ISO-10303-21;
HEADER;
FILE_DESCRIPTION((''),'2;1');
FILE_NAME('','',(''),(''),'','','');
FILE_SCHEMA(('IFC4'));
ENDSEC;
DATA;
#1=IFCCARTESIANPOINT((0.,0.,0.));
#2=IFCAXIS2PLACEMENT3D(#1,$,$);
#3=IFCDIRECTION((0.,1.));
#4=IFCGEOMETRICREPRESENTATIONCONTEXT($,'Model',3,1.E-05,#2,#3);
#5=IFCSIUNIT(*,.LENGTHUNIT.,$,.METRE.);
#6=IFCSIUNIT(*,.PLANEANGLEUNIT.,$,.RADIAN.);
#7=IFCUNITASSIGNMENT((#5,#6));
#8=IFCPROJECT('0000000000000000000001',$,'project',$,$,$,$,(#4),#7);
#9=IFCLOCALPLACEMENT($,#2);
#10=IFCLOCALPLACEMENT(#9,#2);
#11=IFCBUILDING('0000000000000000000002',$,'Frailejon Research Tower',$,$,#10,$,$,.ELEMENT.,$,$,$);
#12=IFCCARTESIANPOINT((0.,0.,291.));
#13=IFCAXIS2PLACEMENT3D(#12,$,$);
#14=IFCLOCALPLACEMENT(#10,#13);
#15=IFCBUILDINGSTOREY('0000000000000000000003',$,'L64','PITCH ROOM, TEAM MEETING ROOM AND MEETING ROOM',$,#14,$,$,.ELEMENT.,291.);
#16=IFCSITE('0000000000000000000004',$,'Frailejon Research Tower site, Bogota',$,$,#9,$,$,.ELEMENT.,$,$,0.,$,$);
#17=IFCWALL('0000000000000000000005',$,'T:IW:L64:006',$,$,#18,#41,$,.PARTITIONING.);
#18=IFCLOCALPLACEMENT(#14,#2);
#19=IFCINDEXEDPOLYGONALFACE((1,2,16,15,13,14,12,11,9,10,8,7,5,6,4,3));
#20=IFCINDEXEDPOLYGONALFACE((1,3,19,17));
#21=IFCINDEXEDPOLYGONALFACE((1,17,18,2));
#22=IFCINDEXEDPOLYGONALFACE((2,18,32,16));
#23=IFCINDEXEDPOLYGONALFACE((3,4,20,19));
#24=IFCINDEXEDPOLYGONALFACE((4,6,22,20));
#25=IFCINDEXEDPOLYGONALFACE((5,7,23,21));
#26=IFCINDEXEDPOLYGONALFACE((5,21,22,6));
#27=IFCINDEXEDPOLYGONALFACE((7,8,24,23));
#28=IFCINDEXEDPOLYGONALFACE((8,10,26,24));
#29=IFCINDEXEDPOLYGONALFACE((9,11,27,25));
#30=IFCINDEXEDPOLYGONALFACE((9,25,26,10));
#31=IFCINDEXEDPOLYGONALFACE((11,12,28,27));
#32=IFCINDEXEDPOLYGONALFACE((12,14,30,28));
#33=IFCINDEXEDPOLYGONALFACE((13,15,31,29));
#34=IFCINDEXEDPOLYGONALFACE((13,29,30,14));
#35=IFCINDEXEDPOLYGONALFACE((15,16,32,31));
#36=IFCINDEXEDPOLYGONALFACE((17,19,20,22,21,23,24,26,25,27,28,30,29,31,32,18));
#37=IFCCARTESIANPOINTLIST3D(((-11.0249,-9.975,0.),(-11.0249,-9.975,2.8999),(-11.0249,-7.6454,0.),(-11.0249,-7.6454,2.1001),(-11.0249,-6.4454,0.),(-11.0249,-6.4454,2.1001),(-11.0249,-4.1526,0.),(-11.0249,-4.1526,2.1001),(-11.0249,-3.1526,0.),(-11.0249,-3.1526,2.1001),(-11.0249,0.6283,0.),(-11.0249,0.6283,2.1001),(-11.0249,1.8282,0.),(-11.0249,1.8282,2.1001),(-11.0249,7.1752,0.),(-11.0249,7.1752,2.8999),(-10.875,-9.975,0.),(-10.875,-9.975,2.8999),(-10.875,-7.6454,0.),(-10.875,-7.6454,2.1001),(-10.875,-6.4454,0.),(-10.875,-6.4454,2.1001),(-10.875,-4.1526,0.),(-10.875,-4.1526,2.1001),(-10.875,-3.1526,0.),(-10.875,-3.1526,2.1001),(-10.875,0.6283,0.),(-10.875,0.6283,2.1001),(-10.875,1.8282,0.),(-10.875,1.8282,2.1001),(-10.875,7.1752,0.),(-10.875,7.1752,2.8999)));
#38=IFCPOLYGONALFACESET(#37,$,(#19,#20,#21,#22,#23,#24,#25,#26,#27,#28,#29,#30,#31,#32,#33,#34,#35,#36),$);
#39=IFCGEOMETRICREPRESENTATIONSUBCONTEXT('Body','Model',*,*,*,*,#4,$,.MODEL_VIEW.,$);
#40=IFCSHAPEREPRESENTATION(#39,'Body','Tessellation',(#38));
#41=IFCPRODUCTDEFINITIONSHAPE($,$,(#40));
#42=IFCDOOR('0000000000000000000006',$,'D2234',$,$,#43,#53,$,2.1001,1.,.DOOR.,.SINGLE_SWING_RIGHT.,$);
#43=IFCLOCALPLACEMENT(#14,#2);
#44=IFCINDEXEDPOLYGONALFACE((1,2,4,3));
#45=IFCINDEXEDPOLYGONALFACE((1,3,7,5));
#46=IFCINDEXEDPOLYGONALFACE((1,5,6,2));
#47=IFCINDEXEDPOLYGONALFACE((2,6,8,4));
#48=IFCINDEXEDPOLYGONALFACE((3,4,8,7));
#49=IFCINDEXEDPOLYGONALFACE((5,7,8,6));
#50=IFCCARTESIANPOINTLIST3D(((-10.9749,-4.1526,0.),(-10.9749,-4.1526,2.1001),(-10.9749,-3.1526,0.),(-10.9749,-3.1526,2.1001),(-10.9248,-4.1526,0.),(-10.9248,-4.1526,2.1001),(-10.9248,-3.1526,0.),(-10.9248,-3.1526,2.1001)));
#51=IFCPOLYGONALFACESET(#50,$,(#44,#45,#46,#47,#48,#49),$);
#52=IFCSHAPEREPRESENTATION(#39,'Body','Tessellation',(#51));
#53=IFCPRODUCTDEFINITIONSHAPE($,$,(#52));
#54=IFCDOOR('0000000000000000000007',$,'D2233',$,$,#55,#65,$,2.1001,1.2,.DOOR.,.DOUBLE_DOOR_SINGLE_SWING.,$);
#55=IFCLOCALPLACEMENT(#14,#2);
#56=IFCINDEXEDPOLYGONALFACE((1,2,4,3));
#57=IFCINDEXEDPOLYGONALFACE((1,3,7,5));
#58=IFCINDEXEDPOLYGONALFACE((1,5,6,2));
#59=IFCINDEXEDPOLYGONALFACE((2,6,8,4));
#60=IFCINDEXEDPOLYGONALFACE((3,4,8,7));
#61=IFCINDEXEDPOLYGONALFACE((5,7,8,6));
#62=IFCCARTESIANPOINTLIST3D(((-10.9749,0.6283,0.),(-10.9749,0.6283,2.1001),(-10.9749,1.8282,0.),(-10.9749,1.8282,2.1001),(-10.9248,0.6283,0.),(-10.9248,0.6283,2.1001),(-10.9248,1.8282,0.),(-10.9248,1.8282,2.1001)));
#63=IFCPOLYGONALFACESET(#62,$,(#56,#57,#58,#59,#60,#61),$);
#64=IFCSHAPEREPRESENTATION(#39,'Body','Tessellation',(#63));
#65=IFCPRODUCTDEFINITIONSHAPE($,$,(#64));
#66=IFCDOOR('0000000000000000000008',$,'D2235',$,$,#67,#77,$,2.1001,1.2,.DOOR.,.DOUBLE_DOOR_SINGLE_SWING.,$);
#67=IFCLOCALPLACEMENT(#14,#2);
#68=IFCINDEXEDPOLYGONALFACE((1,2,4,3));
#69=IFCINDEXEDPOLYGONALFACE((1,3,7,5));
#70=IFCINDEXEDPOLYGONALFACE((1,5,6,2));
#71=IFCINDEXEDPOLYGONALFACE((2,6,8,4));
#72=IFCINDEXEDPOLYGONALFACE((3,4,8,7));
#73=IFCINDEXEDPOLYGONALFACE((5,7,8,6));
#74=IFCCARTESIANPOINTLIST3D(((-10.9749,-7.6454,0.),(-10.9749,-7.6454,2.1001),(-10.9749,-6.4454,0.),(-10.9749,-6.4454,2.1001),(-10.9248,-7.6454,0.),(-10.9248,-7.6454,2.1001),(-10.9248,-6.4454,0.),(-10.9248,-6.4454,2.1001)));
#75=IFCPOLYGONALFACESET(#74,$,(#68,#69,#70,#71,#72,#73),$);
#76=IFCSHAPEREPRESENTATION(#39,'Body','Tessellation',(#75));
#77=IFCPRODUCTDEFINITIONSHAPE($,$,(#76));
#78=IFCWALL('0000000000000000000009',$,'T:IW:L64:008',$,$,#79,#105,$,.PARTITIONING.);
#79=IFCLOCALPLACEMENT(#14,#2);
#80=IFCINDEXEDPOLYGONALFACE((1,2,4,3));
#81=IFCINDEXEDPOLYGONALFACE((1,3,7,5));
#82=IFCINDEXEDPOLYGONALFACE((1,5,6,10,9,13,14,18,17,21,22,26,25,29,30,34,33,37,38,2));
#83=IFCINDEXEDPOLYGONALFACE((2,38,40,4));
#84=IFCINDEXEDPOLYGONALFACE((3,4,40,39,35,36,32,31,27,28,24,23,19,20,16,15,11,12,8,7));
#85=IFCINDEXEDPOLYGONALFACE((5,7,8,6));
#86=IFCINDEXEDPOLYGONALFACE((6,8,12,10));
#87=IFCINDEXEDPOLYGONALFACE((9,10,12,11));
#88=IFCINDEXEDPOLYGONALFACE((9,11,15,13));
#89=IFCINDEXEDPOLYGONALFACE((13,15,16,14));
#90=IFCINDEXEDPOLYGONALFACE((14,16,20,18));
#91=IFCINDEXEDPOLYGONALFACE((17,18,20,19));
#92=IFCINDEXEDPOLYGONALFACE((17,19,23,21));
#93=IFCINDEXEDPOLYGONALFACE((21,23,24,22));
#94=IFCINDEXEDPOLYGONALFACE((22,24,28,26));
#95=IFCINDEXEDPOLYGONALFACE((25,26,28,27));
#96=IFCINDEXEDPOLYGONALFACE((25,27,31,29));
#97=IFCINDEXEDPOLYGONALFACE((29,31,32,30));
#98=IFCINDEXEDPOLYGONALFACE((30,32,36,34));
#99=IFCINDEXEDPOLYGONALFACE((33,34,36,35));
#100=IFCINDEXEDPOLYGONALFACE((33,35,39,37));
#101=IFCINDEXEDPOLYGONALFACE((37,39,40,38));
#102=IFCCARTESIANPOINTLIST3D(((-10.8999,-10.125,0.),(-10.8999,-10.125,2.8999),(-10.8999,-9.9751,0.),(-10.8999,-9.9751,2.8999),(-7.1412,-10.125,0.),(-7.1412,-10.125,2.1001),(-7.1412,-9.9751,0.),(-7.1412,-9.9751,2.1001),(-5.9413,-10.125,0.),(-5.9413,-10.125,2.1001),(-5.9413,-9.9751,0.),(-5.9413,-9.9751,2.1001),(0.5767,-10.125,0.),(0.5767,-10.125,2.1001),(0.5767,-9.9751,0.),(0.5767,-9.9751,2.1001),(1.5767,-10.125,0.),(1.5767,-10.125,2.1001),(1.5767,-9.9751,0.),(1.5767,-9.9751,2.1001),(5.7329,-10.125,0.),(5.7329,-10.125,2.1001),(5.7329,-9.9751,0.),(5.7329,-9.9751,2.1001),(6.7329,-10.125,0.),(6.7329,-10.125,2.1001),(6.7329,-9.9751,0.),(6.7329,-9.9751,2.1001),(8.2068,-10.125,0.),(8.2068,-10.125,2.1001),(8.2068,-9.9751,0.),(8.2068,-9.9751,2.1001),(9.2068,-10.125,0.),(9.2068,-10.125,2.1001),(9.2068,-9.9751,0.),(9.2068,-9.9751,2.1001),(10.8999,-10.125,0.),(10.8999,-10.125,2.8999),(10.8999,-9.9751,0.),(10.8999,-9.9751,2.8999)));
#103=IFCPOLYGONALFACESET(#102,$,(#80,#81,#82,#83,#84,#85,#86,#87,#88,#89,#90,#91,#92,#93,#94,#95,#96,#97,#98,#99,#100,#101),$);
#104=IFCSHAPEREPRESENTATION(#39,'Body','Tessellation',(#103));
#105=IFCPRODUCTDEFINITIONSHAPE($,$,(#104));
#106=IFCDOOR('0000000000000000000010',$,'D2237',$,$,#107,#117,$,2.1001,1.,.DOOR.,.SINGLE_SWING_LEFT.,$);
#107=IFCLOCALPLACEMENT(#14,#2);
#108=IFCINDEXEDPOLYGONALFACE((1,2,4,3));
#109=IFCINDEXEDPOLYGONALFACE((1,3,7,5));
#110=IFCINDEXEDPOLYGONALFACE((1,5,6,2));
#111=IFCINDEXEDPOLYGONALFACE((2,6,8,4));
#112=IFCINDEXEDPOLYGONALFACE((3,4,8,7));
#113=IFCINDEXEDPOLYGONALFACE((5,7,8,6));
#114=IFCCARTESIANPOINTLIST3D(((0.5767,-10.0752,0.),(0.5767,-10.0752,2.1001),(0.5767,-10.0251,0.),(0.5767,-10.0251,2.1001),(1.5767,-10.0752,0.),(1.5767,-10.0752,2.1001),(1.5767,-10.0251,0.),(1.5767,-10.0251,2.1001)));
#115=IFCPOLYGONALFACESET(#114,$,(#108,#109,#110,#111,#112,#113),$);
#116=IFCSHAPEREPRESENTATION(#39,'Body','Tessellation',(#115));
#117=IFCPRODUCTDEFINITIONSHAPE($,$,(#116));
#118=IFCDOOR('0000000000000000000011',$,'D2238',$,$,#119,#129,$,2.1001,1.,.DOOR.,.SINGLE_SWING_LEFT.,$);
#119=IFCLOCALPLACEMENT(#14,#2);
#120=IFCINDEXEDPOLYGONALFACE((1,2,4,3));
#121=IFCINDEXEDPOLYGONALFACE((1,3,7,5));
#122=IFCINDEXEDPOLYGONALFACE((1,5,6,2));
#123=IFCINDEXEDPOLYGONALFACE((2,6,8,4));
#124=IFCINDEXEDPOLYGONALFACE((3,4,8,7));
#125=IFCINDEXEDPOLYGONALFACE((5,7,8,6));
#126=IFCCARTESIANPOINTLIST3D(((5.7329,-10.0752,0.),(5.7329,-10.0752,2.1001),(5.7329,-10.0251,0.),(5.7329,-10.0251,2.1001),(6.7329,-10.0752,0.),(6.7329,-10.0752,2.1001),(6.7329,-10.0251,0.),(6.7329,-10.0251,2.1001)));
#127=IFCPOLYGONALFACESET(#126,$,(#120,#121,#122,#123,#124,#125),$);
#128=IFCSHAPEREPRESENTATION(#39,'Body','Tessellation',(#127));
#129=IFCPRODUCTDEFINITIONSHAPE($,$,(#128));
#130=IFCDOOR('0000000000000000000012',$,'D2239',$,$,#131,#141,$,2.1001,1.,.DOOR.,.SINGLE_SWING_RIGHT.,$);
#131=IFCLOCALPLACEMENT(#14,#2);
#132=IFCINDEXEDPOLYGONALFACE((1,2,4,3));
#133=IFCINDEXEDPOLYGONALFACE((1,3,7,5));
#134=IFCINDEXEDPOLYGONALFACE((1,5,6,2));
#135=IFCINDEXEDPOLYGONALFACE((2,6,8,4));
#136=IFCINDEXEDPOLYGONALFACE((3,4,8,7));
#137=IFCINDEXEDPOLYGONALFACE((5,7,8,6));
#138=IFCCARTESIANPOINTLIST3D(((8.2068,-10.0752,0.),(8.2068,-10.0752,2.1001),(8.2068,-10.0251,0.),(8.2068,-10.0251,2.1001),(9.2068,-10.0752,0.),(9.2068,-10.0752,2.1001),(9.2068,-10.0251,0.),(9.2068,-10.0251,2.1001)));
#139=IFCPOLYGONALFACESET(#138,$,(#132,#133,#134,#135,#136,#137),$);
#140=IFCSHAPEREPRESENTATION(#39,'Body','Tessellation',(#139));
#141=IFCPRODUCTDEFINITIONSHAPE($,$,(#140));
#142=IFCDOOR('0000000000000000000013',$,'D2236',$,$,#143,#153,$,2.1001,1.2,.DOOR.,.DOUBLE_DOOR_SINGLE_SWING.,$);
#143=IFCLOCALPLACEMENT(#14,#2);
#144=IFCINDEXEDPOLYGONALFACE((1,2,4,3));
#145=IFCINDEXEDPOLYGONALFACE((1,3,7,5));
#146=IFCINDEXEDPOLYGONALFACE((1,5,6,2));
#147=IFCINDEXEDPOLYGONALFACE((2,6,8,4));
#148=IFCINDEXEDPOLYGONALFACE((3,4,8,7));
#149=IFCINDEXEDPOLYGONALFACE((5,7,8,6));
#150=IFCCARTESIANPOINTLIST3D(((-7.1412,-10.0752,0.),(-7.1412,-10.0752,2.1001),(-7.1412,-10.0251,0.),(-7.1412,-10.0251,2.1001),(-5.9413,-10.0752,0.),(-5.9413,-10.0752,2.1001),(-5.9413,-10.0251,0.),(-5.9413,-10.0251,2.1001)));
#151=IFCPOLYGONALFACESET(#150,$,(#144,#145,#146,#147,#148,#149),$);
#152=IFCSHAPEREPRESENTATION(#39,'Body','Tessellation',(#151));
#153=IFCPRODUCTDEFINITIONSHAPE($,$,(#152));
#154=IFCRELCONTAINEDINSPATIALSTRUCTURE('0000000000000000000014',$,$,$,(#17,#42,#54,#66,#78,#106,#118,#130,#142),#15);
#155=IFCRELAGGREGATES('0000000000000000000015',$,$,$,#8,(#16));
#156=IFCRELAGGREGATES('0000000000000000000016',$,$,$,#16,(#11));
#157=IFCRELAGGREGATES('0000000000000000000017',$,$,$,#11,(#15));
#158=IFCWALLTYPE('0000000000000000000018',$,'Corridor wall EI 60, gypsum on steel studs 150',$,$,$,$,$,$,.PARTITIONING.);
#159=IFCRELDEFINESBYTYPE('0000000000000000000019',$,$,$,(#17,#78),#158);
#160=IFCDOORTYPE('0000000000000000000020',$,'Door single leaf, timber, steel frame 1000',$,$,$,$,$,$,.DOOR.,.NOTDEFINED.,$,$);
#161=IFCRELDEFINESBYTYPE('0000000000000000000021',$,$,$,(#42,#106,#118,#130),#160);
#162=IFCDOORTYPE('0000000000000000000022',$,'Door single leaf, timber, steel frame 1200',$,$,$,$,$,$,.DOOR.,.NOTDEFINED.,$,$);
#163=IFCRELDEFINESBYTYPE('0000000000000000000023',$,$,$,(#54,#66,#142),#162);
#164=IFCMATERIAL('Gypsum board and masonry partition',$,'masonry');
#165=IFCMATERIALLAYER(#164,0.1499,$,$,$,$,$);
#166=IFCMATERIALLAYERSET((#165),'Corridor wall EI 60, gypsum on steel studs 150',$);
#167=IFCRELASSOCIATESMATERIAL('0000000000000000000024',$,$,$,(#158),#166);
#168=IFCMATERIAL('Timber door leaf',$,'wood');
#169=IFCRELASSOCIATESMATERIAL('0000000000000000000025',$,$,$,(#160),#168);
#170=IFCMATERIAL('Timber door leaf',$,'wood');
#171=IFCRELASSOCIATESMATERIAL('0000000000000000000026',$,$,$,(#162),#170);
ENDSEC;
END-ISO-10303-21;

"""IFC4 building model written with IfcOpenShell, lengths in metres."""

from ifc_helpers import new_model, si_unit, direction, frame, frame_2d, origin, place, context, subcontext, project, spatial, rectangle, extrude, material, layer, layer_set, type_object, element, fill, save


model = new_model("IFC4")

# Units and contexts
model_context = context("Model", 3, precision=1e-05, world=origin(), true_north=direction((0.0, 1.0)))
body_context = subcontext(model_context, "Body", "Model", "MODEL_VIEW")
ifc_project = project(units=[si_unit("LENGTHUNIT", "METRE"), si_unit("PLANEANGLEUNIT", "RADIAN")], contexts=[model_context])

# Site, building, storey
site_placement = place(None, origin())
site = spatial("IfcSite", under=ifc_project, at=site_placement, Name="Frailejon Research Tower site, Bogota", CompositionType="ELEMENT", RefElevation=0.0)
building_placement = place(site_placement, origin())
building = spatial("IfcBuilding", under=site, at=building_placement, Name="Frailejon Research Tower", CompositionType="ELEMENT")
storey_placement = place(building_placement, frame((0.0, 0.0, 291.0)))
storey = spatial("IfcBuildingStorey", under=building, at=storey_placement, Name="L64", Description="PITCH ROOM, TEAM MEETING ROOM AND MEETING ROOM", CompositionType="ELEMENT", Elevation=291.0)

# Walls, openings, doors
ifc_material_1 = material(Name="Gypsum board and masonry partition", Category="masonry")
ifc_layer_1 = layer(ifc_material_1, 0.1499)
ifc_layer_set_1 = layer_set([ifc_layer_1], Name="Corridor wall EI 60, gypsum on steel studs 150")
wall_type_1 = type_object("IfcWallType", Name="Corridor wall EI 60, gypsum on steel studs 150", PredefinedType="PARTITIONING", material=ifc_layer_set_1)
wall_1_placement = place(storey_placement, frame((-10.95, -9.9751, 0.0), z_axis=(0.0, 0.0, 1.0), x_axis=(0.0, 1.0, 0.0)))
wall_1 = element("IfcWall", 1, at=wall_1_placement, inside=storey, type_object=wall_type_1, Name="T:IW:L64:006", PredefinedType="PARTITIONING", context=body_context, shape_type="SweptSolid", body=[
    extrude(rectangle(XDim=17.1501, YDim=0.1499, at=frame_2d((8.5752, 0.0))), origin(), (0.0, 0.0, 1.0), 2.8999),
])
opening_1_placement = place(wall_1_placement, frame((10.6033, 0.0, 0.0)))
opening_1 = element("IfcOpeningElement", 2, at=opening_1_placement, cuts=wall_1, PredefinedType="OPENING", context=body_context, shape_type="SweptSolid", body=[
    extrude(rectangle(XDim=1.2, YDim=2.1001, at=frame_2d((0.6001, 1.05))), frame((0.0, 0.085, 0.0), z_axis=(0.0, -1.0, 0.0), x_axis=(1.0, 0.0, 0.0)), (0.0, 0.0, 1.0), 0.1699),
])
opening_2_placement = place(wall_1_placement, frame((5.8225, 0.0, 0.0)))
opening_2 = element("IfcOpeningElement", 3, at=opening_2_placement, cuts=wall_1, PredefinedType="OPENING", context=body_context, shape_type="SweptSolid", body=[
    extrude(rectangle(XDim=1.0, YDim=2.1001, at=frame_2d((0.5, 1.05))), frame((0.0, 0.085, 0.0), z_axis=(0.0, -1.0, 0.0), x_axis=(1.0, 0.0, 0.0)), (0.0, 0.0, 1.0), 0.1699),
])
opening_3_placement = place(wall_1_placement, frame((2.3296, 0.0, 0.0)))
opening_3 = element("IfcOpeningElement", 4, at=opening_3_placement, cuts=wall_1, PredefinedType="OPENING", context=body_context, shape_type="SweptSolid", body=[
    extrude(rectangle(XDim=1.2, YDim=2.1001, at=frame_2d((0.6001, 1.05))), frame((0.0, 0.085, 0.0), z_axis=(0.0, -1.0, 0.0), x_axis=(1.0, 0.0, 0.0)), (0.0, 0.0, 1.0), 0.1699),
])
ifc_material_2 = material(Name="Timber door leaf", Category="wood")
door_type_1 = type_object("IfcDoorType", Name="Door single leaf, timber, steel frame 1000", OperationType="NOTDEFINED", PredefinedType="DOOR", material=ifc_material_2)
door_1_placement = place(opening_2_placement, origin())
door_1 = element("IfcDoor", 5, at=door_1_placement, inside=storey, type_object=door_type_1, Name="D2234", OperationType="SINGLE_SWING_RIGHT", OverallHeight=2.1001, OverallWidth=1.0, PredefinedType="DOOR", context=body_context, shape_type="SweptSolid", body=[
    extrude(rectangle(XDim=1.0, YDim=2.1001, at=frame_2d((0.5, 1.05))), frame((0.0, 0.0249, 0.0), z_axis=(0.0, -1.0, 0.0), x_axis=(1.0, 0.0, 0.0)), (0.0, 0.0, 1.0), 0.05),
])
fill(opening_2, door_1)
ifc_material_3 = material(Name="Timber door leaf", Category="wood")
door_type_2 = type_object("IfcDoorType", Name="Door single leaf, timber, steel frame 1200", OperationType="NOTDEFINED", PredefinedType="DOOR", material=ifc_material_3)
door_2_placement = place(opening_1_placement, origin())
door_2 = element("IfcDoor", 6, at=door_2_placement, inside=storey, type_object=door_type_2, Name="D2233", OperationType="DOUBLE_DOOR_SINGLE_SWING", OverallHeight=2.1001, OverallWidth=1.2, PredefinedType="DOOR", context=body_context, shape_type="SweptSolid", body=[
    extrude(rectangle(XDim=1.2, YDim=2.1001, at=frame_2d((0.6001, 1.05))), frame((0.0, 0.0249, 0.0), z_axis=(0.0, -1.0, 0.0), x_axis=(1.0, 0.0, 0.0)), (0.0, 0.0, 1.0), 0.05),
])
fill(opening_1, door_2)
door_3_placement = place(opening_3_placement, origin())
door_3 = element("IfcDoor", 7, at=door_3_placement, inside=storey, type_object=door_type_2, Name="D2235", OperationType="DOUBLE_DOOR_SINGLE_SWING", OverallHeight=2.1001, OverallWidth=1.2, PredefinedType="DOOR", context=body_context, shape_type="SweptSolid", body=[
    extrude(rectangle(XDim=1.2, YDim=2.1001, at=frame_2d((0.6001, 1.05))), frame((0.0, 0.0249, 0.0), z_axis=(0.0, -1.0, 0.0), x_axis=(1.0, 0.0, 0.0)), (0.0, 0.0, 1.0), 0.05),
])
fill(opening_3, door_3)
wall_2_placement = place(storey_placement, frame((-10.8999, -10.05, 0.0), z_axis=(0.0, 0.0, 1.0), x_axis=(1.0, 0.0, 0.0)))
wall_2 = element("IfcWall", 8, at=wall_2_placement, inside=storey, type_object=wall_type_1, Name="T:IW:L64:008", PredefinedType="PARTITIONING", context=body_context, shape_type="SweptSolid", body=[
    extrude(rectangle(XDim=21.7998, YDim=0.1499, at=frame_2d((10.8999, 0.0))), origin(), (0.0, 0.0, 1.0), 2.8999),
])
opening_4_placement = place(wall_2_placement, frame((3.7585, 0.0, 0.0)))
opening_4 = element("IfcOpeningElement", 9, at=opening_4_placement, cuts=wall_2, PredefinedType="OPENING", context=body_context, shape_type="SweptSolid", body=[
    extrude(rectangle(XDim=1.2, YDim=2.1001, at=frame_2d((0.6001, 1.05))), frame((0.0, 0.085, 0.0), z_axis=(0.0, -1.0, 0.0), x_axis=(1.0, 0.0, 0.0)), (0.0, 0.0, 1.0), 0.1699),
])
opening_5_placement = place(wall_2_placement, frame((11.4766, 0.0, 0.0)))
opening_5 = element("IfcOpeningElement", 10, at=opening_5_placement, cuts=wall_2, PredefinedType="OPENING", context=body_context, shape_type="SweptSolid", body=[
    extrude(rectangle(XDim=1.0, YDim=2.1001, at=frame_2d((0.5, 1.05))), frame((0.0, 0.085, 0.0), z_axis=(0.0, -1.0, 0.0), x_axis=(1.0, 0.0, 0.0)), (0.0, 0.0, 1.0), 0.1699),
])
opening_6_placement = place(wall_2_placement, frame((16.6328, 0.0, 0.0)))
opening_6 = element("IfcOpeningElement", 11, at=opening_6_placement, cuts=wall_2, PredefinedType="OPENING", context=body_context, shape_type="SweptSolid", body=[
    extrude(rectangle(XDim=1.0, YDim=2.1001, at=frame_2d((0.5, 1.05))), frame((0.0, 0.085, 0.0), z_axis=(0.0, -1.0, 0.0), x_axis=(1.0, 0.0, 0.0)), (0.0, 0.0, 1.0), 0.1699),
])
opening_7_placement = place(wall_2_placement, frame((19.1067, 0.0, 0.0)))
opening_7 = element("IfcOpeningElement", 12, at=opening_7_placement, cuts=wall_2, PredefinedType="OPENING", context=body_context, shape_type="SweptSolid", body=[
    extrude(rectangle(XDim=1.0, YDim=2.1001, at=frame_2d((0.5, 1.05))), frame((0.0, 0.085, 0.0), z_axis=(0.0, -1.0, 0.0), x_axis=(1.0, 0.0, 0.0)), (0.0, 0.0, 1.0), 0.1699),
])
door_4_placement = place(opening_5_placement, origin())
door_4 = element("IfcDoor", 13, at=door_4_placement, inside=storey, type_object=door_type_1, Name="D2237", OperationType="SINGLE_SWING_LEFT", OverallHeight=2.1001, OverallWidth=1.0, PredefinedType="DOOR", context=body_context, shape_type="SweptSolid", body=[
    extrude(rectangle(XDim=1.0, YDim=2.1001, at=frame_2d((0.5, 1.05))), frame((0.0, 0.0249, 0.0), z_axis=(0.0, -1.0, 0.0), x_axis=(1.0, 0.0, 0.0)), (0.0, 0.0, 1.0), 0.05),
])
fill(opening_5, door_4)
door_5_placement = place(opening_6_placement, origin())
door_5 = element("IfcDoor", 14, at=door_5_placement, inside=storey, type_object=door_type_1, Name="D2238", OperationType="SINGLE_SWING_LEFT", OverallHeight=2.1001, OverallWidth=1.0, PredefinedType="DOOR", context=body_context, shape_type="SweptSolid", body=[
    extrude(rectangle(XDim=1.0, YDim=2.1001, at=frame_2d((0.5, 1.05))), frame((0.0, 0.0249, 0.0), z_axis=(0.0, -1.0, 0.0), x_axis=(1.0, 0.0, 0.0)), (0.0, 0.0, 1.0), 0.05),
])
fill(opening_6, door_5)
door_6_placement = place(opening_7_placement, origin())
door_6 = element("IfcDoor", 15, at=door_6_placement, inside=storey, type_object=door_type_1, Name="D2239", OperationType="SINGLE_SWING_RIGHT", OverallHeight=2.1001, OverallWidth=1.0, PredefinedType="DOOR", context=body_context, shape_type="SweptSolid", body=[
    extrude(rectangle(XDim=1.0, YDim=2.1001, at=frame_2d((0.5, 1.05))), frame((0.0, 0.0249, 0.0), z_axis=(0.0, -1.0, 0.0), x_axis=(1.0, 0.0, 0.0)), (0.0, 0.0, 1.0), 0.05),
])
fill(opening_7, door_6)
door_7_placement = place(opening_4_placement, origin())
door_7 = element("IfcDoor", 16, at=door_7_placement, inside=storey, type_object=door_type_2, Name="D2236", OperationType="DOUBLE_DOOR_SINGLE_SWING", OverallHeight=2.1001, OverallWidth=1.2, PredefinedType="DOOR", context=body_context, shape_type="SweptSolid", body=[
    extrude(rectangle(XDim=1.2, YDim=2.1001, at=frame_2d((0.6001, 1.05))), frame((0.0, 0.0249, 0.0), z_axis=(0.0, -1.0, 0.0), x_axis=(1.0, 0.0, 0.0)), (0.0, 0.0, 1.0), 0.05),
])
fill(opening_4, door_7)

save(model, "model.ifc")
